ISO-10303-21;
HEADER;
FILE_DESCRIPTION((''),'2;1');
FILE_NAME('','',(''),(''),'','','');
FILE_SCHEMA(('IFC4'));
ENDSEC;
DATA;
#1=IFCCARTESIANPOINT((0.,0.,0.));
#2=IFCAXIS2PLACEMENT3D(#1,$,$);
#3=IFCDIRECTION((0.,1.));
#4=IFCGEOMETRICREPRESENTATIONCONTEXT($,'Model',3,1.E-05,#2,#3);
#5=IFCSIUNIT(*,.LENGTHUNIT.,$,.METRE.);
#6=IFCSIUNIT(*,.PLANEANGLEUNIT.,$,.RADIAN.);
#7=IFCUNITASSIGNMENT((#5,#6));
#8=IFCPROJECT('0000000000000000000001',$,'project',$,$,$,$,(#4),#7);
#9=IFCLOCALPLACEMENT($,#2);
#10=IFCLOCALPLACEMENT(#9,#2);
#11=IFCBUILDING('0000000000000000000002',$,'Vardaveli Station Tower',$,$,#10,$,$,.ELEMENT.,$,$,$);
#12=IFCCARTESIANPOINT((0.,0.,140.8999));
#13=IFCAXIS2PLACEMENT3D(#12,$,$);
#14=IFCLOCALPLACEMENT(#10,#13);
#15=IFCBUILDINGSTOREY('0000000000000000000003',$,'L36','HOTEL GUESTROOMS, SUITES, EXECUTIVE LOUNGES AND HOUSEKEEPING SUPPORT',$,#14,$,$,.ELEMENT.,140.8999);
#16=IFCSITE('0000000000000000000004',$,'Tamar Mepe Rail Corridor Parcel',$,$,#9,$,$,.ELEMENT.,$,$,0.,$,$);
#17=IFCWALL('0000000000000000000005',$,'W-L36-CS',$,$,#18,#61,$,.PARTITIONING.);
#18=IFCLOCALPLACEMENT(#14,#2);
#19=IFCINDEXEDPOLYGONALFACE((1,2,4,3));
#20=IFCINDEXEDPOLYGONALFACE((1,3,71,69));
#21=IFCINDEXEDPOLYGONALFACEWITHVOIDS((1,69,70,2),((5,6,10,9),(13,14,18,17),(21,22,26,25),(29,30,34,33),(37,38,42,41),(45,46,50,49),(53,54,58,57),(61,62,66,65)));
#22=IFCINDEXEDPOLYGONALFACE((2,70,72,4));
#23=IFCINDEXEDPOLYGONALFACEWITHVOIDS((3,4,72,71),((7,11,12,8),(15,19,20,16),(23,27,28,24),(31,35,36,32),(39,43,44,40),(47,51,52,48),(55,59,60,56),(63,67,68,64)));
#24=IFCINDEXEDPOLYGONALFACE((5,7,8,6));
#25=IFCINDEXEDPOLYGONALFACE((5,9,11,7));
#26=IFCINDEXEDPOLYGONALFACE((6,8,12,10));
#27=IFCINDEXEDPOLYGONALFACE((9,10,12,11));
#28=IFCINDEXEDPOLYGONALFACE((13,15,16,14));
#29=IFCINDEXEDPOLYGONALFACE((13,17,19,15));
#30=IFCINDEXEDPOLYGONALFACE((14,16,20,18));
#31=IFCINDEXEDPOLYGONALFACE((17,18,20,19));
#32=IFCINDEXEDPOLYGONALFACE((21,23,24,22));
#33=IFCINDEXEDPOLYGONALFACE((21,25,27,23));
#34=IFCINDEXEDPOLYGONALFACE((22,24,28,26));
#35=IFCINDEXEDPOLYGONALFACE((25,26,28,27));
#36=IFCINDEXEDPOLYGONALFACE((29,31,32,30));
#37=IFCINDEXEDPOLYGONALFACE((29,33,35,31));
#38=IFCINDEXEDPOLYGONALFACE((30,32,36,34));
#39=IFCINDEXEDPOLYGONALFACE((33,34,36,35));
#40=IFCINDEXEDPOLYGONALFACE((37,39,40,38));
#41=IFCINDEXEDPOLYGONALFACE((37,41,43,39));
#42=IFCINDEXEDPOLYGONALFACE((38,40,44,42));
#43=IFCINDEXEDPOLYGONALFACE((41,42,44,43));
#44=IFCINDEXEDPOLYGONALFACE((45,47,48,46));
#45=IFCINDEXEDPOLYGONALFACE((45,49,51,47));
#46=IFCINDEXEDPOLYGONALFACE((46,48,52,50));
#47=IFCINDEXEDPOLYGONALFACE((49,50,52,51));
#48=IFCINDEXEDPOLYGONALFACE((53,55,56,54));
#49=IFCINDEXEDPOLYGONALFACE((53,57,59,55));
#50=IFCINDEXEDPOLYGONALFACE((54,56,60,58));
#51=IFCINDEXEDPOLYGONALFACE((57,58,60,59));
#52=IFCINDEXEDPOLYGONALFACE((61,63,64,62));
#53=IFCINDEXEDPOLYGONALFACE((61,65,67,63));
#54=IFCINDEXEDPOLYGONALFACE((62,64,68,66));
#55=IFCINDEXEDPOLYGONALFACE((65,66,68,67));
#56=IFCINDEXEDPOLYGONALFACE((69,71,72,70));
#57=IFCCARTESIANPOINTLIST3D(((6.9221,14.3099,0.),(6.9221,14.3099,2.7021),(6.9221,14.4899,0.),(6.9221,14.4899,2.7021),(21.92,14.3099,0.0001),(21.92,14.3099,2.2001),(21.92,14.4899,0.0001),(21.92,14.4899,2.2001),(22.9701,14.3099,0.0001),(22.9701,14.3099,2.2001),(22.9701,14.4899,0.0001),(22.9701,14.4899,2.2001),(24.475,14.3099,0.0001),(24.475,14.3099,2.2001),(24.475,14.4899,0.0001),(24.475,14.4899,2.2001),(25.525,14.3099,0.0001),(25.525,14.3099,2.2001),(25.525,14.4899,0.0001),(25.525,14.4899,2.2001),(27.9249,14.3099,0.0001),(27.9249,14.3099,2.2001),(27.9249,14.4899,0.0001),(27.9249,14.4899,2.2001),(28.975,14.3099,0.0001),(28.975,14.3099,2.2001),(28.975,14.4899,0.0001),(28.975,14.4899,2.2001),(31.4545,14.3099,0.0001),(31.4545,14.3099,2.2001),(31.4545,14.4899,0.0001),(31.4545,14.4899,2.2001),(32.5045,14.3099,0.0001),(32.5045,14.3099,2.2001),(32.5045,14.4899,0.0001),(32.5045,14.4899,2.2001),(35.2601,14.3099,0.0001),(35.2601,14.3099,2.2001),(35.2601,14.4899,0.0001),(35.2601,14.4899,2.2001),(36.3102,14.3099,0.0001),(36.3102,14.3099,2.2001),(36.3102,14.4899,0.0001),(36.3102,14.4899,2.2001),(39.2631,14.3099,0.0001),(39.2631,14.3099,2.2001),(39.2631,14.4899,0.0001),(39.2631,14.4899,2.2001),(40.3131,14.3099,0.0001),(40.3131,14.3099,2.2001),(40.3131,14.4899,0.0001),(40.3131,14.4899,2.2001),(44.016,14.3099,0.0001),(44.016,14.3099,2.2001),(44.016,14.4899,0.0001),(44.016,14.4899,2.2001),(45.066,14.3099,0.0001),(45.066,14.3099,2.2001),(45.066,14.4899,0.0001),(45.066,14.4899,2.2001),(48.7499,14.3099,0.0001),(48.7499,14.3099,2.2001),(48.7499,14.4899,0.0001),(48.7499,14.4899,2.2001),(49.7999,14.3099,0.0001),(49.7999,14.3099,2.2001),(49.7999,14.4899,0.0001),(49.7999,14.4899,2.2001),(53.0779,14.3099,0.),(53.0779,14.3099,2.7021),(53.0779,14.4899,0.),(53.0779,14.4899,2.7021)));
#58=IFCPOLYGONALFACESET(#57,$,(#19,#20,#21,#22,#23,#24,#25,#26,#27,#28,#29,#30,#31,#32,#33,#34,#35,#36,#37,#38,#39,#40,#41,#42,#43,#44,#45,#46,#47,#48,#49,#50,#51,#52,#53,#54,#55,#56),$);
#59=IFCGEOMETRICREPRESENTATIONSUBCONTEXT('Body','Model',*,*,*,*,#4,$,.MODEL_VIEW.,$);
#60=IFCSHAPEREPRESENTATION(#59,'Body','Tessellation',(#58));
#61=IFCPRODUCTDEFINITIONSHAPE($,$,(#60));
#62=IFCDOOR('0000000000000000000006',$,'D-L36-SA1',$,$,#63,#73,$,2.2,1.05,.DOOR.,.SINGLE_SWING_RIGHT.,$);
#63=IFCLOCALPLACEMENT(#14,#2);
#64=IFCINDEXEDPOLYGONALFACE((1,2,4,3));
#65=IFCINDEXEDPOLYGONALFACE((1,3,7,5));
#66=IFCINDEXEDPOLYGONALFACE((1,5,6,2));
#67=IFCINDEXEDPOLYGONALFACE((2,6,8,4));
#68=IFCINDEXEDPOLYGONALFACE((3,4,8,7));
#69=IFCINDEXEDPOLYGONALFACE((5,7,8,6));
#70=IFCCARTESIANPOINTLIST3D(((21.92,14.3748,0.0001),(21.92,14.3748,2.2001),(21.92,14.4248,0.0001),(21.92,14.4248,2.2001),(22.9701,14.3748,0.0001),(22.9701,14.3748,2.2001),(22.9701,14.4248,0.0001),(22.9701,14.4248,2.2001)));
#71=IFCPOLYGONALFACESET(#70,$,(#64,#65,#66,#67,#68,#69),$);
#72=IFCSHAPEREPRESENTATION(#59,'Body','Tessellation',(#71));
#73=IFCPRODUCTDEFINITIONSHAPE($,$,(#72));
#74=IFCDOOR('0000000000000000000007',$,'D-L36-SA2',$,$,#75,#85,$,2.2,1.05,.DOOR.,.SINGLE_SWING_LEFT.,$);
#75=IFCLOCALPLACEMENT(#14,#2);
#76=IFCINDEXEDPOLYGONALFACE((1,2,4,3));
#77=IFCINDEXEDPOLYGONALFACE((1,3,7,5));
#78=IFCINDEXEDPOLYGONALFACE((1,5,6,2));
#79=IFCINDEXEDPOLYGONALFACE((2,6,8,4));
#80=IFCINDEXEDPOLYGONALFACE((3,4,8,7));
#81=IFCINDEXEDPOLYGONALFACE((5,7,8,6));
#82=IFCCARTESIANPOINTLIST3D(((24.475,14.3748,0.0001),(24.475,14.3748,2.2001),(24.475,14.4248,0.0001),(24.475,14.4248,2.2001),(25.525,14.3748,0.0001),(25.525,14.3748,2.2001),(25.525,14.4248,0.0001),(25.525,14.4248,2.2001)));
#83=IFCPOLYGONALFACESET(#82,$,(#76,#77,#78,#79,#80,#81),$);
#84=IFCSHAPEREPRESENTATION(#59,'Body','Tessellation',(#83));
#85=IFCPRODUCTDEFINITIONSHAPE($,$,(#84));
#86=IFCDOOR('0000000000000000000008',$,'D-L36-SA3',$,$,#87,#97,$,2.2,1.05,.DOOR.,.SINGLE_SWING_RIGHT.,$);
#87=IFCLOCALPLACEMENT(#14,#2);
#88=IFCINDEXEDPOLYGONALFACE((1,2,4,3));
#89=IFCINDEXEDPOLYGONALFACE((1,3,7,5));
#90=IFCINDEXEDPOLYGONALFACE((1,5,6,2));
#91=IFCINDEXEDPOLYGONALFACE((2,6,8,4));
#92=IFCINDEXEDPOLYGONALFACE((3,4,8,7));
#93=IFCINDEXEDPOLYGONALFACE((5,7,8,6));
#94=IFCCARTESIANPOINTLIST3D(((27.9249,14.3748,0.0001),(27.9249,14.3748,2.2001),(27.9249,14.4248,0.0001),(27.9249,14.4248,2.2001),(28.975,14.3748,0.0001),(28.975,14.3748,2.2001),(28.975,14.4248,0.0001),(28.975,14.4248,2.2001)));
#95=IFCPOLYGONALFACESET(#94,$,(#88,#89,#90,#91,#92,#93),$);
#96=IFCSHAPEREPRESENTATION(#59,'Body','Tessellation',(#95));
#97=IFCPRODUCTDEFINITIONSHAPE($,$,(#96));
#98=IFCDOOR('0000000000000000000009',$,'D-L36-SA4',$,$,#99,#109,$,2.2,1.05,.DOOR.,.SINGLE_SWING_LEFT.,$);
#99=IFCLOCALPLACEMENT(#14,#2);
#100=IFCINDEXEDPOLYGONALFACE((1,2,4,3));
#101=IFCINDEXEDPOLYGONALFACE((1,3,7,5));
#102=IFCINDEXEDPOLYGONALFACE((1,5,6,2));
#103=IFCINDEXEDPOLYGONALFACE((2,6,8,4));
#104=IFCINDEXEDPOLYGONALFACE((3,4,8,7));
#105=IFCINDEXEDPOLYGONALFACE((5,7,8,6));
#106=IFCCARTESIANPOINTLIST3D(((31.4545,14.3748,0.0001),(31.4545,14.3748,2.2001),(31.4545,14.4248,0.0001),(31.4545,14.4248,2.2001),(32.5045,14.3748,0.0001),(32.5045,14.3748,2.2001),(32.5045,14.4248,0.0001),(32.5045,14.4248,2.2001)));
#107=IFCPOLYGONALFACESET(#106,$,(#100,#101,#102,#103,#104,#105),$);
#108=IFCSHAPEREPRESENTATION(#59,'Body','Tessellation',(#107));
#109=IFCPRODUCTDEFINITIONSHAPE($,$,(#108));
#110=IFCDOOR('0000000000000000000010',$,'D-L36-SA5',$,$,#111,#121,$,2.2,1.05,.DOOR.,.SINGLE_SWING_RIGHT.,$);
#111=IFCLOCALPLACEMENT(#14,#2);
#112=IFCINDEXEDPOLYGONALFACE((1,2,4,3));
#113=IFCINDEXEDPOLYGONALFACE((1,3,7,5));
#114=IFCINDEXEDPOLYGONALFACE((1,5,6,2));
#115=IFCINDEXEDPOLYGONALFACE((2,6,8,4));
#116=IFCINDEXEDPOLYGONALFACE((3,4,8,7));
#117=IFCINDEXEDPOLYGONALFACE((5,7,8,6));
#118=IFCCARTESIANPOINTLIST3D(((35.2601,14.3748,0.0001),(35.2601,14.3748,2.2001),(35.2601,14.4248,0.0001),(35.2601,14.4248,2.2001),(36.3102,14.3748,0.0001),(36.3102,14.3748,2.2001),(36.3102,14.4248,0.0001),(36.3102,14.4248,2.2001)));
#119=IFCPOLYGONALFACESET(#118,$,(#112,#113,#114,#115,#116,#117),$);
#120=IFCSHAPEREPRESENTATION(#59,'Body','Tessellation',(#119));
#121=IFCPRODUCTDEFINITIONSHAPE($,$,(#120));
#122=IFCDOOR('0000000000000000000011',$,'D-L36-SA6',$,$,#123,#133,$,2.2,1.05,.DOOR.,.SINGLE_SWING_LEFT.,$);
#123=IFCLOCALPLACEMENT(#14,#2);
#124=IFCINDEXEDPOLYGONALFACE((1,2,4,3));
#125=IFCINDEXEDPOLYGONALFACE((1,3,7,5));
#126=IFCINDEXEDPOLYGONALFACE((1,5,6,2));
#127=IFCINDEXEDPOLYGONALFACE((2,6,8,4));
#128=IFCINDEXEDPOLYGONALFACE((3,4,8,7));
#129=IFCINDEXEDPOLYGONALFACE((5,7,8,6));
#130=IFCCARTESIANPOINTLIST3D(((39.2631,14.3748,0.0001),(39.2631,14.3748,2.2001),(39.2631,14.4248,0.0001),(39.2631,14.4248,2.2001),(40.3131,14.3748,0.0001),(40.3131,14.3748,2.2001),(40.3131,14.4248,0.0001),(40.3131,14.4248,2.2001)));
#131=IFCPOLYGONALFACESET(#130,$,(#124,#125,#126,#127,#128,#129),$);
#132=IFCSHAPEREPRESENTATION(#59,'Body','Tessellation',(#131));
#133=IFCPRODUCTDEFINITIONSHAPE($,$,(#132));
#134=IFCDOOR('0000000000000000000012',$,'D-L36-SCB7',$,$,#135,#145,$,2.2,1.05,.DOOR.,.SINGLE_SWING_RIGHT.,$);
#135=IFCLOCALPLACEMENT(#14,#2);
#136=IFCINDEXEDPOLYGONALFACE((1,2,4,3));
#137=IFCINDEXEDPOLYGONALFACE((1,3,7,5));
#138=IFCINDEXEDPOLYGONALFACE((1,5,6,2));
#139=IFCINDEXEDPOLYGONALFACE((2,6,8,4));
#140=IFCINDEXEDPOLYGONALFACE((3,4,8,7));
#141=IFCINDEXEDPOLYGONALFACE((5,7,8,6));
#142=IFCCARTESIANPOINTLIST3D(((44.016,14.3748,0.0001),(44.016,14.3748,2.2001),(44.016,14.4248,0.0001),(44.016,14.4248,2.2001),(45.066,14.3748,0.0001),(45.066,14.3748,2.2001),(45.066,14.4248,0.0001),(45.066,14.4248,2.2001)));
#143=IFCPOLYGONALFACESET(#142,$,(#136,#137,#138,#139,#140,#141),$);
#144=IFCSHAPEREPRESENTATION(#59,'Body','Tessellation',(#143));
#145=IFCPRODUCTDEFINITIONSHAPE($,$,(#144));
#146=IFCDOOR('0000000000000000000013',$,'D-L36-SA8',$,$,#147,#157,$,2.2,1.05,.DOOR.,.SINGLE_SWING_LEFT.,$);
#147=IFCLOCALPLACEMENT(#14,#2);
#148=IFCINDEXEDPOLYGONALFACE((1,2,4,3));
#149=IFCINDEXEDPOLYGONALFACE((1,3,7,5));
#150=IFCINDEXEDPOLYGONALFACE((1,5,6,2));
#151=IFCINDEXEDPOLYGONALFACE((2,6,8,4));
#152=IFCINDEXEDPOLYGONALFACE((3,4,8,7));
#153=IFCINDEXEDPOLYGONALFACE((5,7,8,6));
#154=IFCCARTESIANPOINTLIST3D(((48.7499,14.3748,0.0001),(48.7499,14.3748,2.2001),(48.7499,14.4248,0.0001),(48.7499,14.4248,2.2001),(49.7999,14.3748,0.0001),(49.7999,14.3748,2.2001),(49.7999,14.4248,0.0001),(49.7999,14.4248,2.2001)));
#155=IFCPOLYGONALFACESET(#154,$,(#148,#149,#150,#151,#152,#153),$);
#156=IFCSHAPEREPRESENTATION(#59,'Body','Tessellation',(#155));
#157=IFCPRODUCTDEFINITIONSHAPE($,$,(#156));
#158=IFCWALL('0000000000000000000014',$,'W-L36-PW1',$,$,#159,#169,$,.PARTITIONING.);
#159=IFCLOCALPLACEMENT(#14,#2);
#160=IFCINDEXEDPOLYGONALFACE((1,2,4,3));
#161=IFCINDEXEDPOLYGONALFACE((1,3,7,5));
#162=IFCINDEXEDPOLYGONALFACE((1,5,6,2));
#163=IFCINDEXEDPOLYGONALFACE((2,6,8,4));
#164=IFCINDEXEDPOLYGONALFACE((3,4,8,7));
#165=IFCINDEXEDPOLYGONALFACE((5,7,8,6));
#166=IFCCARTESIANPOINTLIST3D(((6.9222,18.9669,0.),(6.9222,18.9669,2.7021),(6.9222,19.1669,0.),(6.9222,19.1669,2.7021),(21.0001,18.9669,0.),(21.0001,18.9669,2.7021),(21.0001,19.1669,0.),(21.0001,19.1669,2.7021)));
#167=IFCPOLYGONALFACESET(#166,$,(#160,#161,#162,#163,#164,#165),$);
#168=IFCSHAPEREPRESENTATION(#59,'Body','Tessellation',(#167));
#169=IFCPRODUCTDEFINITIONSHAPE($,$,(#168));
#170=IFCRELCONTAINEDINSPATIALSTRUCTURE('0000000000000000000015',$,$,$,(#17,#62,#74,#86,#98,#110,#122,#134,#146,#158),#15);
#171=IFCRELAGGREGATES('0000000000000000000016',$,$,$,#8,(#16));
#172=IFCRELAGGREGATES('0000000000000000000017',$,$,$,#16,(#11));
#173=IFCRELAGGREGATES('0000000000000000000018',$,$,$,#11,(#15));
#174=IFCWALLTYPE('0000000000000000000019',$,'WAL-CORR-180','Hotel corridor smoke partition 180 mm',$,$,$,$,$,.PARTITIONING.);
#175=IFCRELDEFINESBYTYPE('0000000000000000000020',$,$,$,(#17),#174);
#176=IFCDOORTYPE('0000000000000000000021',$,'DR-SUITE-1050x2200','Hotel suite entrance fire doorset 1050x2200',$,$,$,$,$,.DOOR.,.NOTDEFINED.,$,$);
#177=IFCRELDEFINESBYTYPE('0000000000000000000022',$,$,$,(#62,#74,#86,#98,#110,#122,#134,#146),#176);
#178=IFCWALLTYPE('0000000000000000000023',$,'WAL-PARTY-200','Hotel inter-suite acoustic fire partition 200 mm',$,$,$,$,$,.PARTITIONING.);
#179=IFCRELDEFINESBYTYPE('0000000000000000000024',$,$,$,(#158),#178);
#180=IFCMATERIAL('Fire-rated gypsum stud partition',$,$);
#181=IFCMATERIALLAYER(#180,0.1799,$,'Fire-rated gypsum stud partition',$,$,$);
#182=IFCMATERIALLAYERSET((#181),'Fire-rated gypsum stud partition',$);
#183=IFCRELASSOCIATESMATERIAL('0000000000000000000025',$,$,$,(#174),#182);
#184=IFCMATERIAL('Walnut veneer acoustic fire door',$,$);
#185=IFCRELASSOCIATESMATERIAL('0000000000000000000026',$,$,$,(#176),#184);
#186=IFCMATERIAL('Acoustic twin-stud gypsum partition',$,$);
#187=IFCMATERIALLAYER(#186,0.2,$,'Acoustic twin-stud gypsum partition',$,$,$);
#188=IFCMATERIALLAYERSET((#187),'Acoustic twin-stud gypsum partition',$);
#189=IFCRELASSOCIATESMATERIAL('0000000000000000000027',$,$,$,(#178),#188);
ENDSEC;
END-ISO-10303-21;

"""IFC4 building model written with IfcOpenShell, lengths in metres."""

from ifc_helpers import new_model, si_unit, direction, frame, frame_2d, origin, place, context, subcontext, project, spatial, rectangle, extrude, source, transform, mapped, material, layer, layer_set, type_object, element, fill, save


model = new_model("IFC4")

# Units and contexts
model_context = context("Model", 3, precision=1e-05, world=origin(), true_north=direction((0.0, 1.0)))
body_context = subcontext(model_context, "Body", "Model", "MODEL_VIEW")
ifc_project = project(units=[si_unit("LENGTHUNIT", "METRE"), si_unit("PLANEANGLEUNIT", "RADIAN")], contexts=[model_context])

# Site, building, storey
site_placement = place(None, origin())
site = spatial("IfcSite", under=ifc_project, at=site_placement, Name="Tamar Mepe Rail Corridor Parcel", CompositionType="ELEMENT", RefElevation=0.0)
building_placement = place(site_placement, origin())
building = spatial("IfcBuilding", under=site, at=building_placement, Name="Vardaveli Station Tower", CompositionType="ELEMENT")
storey_placement = place(building_placement, frame((0.0, 0.0, 140.8999)))
storey = spatial("IfcBuildingStorey", under=building, at=storey_placement, Name="L36", Description="HOTEL GUESTROOMS, SUITES, EXECUTIVE LOUNGES AND HOUSEKEEPING SUPPORT", CompositionType="ELEMENT", Elevation=140.8999)

# Wall, openings, doors
ifc_material_1 = material(Name="Fire-rated gypsum stud partition")
ifc_layer_1 = layer(ifc_material_1, 0.1799, Name="Fire-rated gypsum stud partition")
ifc_layer_set_1 = layer_set([ifc_layer_1], Name="Fire-rated gypsum stud partition")
wall_type_1 = type_object("IfcWallType", Name="WAL-CORR-180", Description="Hotel corridor smoke partition 180 mm", PredefinedType="PARTITIONING", material=ifc_layer_set_1)
shared_shape_1 = source(origin(), body_context, "Body", "SweptSolid", [
    extrude(rectangle(XDim=46.1558, YDim=0.1799, at=frame_2d((23.0779, 0.0))), origin(), (0.0, 0.0, 1.0), 2.7021),
])
wall_1_placement = place(storey_placement, frame((6.9221, 14.3999, 0.0), z_axis=(0.0, 0.0, 1.0), x_axis=(1.0, 0.0, 0.0)))
wall_1 = element("IfcWall", 1, at=wall_1_placement, inside=storey, type_object=wall_type_1, Name="W-L36-CS", PredefinedType="PARTITIONING", context=body_context, shape_type="MappedRepresentation", body=[
    mapped(shared_shape_1, transform((0.0, 0.0, 0.0), scale=1.0)),
])
shared_shape_2 = source(origin(), body_context, "Body", "SweptSolid", [
    extrude(rectangle(XDim=1.05, YDim=2.2, at=frame_2d((0.5249, 1.1001))), frame((0.0, 0.1001, 0.0), z_axis=(0.0, -1.0, 0.0), x_axis=(1.0, 0.0, 0.0)), (0.0, 0.0, 1.0), 0.2),
])
opening_1_placement = place(wall_1_placement, frame((14.998, 0.0, 0.0)))
opening_1 = element("IfcOpeningElement", 2, at=opening_1_placement, cuts=wall_1, PredefinedType="OPENING", context=body_context, shape_type="MappedRepresentation", body=[
    mapped(shared_shape_2, transform((0.0, 0.0, 0.0), scale=1.0)),
])
opening_2_placement = place(wall_1_placement, frame((17.553, 0.0, 0.0)))
opening_2 = element("IfcOpeningElement", 3, at=opening_2_placement, cuts=wall_1, PredefinedType="OPENING", context=body_context, shape_type="MappedRepresentation", body=[
    mapped(shared_shape_2, transform((0.0, 0.0, 0.0), scale=1.0)),
])
opening_3_placement = place(wall_1_placement, frame((21.0029, 0.0, 0.0)))
opening_3 = element("IfcOpeningElement", 4, at=opening_3_placement, cuts=wall_1, PredefinedType="OPENING", context=body_context, shape_type="MappedRepresentation", body=[
    mapped(shared_shape_2, transform((0.0, 0.0, 0.0), scale=1.0)),
])
opening_4_placement = place(wall_1_placement, frame((24.5325, 0.0, 0.0)))
opening_4 = element("IfcOpeningElement", 5, at=opening_4_placement, cuts=wall_1, PredefinedType="OPENING", context=body_context, shape_type="MappedRepresentation", body=[
    mapped(shared_shape_2, transform((0.0, 0.0, 0.0), scale=1.0)),
])
opening_5_placement = place(wall_1_placement, frame((28.3381, 0.0, 0.0)))
opening_5 = element("IfcOpeningElement", 6, at=opening_5_placement, cuts=wall_1, PredefinedType="OPENING", context=body_context, shape_type="MappedRepresentation", body=[
    mapped(shared_shape_2, transform((0.0, 0.0, 0.0), scale=1.0)),
])
opening_6_placement = place(wall_1_placement, frame((32.3411, 0.0, 0.0)))
opening_6 = element("IfcOpeningElement", 7, at=opening_6_placement, cuts=wall_1, PredefinedType="OPENING", context=body_context, shape_type="MappedRepresentation", body=[
    mapped(shared_shape_2, transform((0.0, 0.0, 0.0), scale=1.0)),
])
opening_7_placement = place(wall_1_placement, frame((37.094, 0.0, 0.0)))
opening_7 = element("IfcOpeningElement", 8, at=opening_7_placement, cuts=wall_1, PredefinedType="OPENING", context=body_context, shape_type="MappedRepresentation", body=[
    mapped(shared_shape_2, transform((0.0, 0.0, 0.0), scale=1.0)),
])
opening_8_placement = place(wall_1_placement, frame((41.8279, 0.0, 0.0)))
opening_8 = element("IfcOpeningElement", 9, at=opening_8_placement, cuts=wall_1, PredefinedType="OPENING", context=body_context, shape_type="MappedRepresentation", body=[
    mapped(shared_shape_2, transform((0.0, 0.0, 0.0), scale=1.0)),
])
ifc_material_2 = material(Name="Walnut veneer acoustic fire door")
door_type = type_object("IfcDoorType", Name="DR-SUITE-1050x2200", Description="Hotel suite entrance fire doorset 1050x2200", OperationType="NOTDEFINED", PredefinedType="DOOR", material=ifc_material_2)
shared_shape_3 = source(origin(), body_context, "Body", "SweptSolid", [
    extrude(rectangle(XDim=1.05, YDim=2.2, at=frame_2d((0.5249, 1.1001))), frame((0.0, 0.0249, 0.0), z_axis=(0.0, -1.0, 0.0), x_axis=(1.0, 0.0, 0.0)), (0.0, 0.0, 1.0), 0.05),
])
door_1_placement = place(opening_1_placement, origin())
door_1 = element("IfcDoor", 10, at=door_1_placement, inside=storey, type_object=door_type, Name="D-L36-SA1", OperationType="SINGLE_SWING_RIGHT", OverallHeight=2.2, OverallWidth=1.05, PredefinedType="DOOR", context=body_context, shape_type="MappedRepresentation", body=[
    mapped(shared_shape_3, transform((0.0, 0.0, 0.0), scale=1.0)),
])
fill(opening_1, door_1)
door_2_placement = place(opening_2_placement, origin())
door_2 = element("IfcDoor", 11, at=door_2_placement, inside=storey, type_object=door_type, Name="D-L36-SA2", OperationType="SINGLE_SWING_LEFT", OverallHeight=2.2, OverallWidth=1.05, PredefinedType="DOOR", context=body_context, shape_type="MappedRepresentation", body=[
    mapped(shared_shape_3, transform((0.0, 0.0, 0.0), scale=1.0)),
])
fill(opening_2, door_2)
door_3_placement = place(opening_3_placement, origin())
door_3 = element("IfcDoor", 12, at=door_3_placement, inside=storey, type_object=door_type, Name="D-L36-SA3", OperationType="SINGLE_SWING_RIGHT", OverallHeight=2.2, OverallWidth=1.05, PredefinedType="DOOR", context=body_context, shape_type="MappedRepresentation", body=[
    mapped(shared_shape_3, transform((0.0, 0.0, 0.0), scale=1.0)),
])
fill(opening_3, door_3)
door_4_placement = place(opening_4_placement, origin())
door_4 = element("IfcDoor", 13, at=door_4_placement, inside=storey, type_object=door_type, Name="D-L36-SA4", OperationType="SINGLE_SWING_LEFT", OverallHeight=2.2, OverallWidth=1.05, PredefinedType="DOOR", context=body_context, shape_type="MappedRepresentation", body=[
    mapped(shared_shape_3, transform((0.0, 0.0, 0.0), scale=1.0)),
])
fill(opening_4, door_4)
door_5_placement = place(opening_5_placement, origin())
door_5 = element("IfcDoor", 14, at=door_5_placement, inside=storey, type_object=door_type, Name="D-L36-SA5", OperationType="SINGLE_SWING_RIGHT", OverallHeight=2.2, OverallWidth=1.05, PredefinedType="DOOR", context=body_context, shape_type="MappedRepresentation", body=[
    mapped(shared_shape_3, transform((0.0, 0.0, 0.0), scale=1.0)),
])
fill(opening_5, door_5)
door_6_placement = place(opening_6_placement, origin())
door_6 = element("IfcDoor", 15, at=door_6_placement, inside=storey, type_object=door_type, Name="D-L36-SA6", OperationType="SINGLE_SWING_LEFT", OverallHeight=2.2, OverallWidth=1.05, PredefinedType="DOOR", context=body_context, shape_type="MappedRepresentation", body=[
    mapped(shared_shape_3, transform((0.0, 0.0, 0.0), scale=1.0)),
])
fill(opening_6, door_6)
door_7_placement = place(opening_7_placement, origin())
door_7 = element("IfcDoor", 16, at=door_7_placement, inside=storey, type_object=door_type, Name="D-L36-SCB7", OperationType="SINGLE_SWING_RIGHT", OverallHeight=2.2, OverallWidth=1.05, PredefinedType="DOOR", context=body_context, shape_type="MappedRepresentation", body=[
    mapped(shared_shape_3, transform((0.0, 0.0, 0.0), scale=1.0)),
])
fill(opening_7, door_7)
door_8_placement = place(opening_8_placement, origin())
door_8 = element("IfcDoor", 17, at=door_8_placement, inside=storey, type_object=door_type, Name="D-L36-SA8", OperationType="SINGLE_SWING_LEFT", OverallHeight=2.2, OverallWidth=1.05, PredefinedType="DOOR", context=body_context, shape_type="MappedRepresentation", body=[
    mapped(shared_shape_3, transform((0.0, 0.0, 0.0), scale=1.0)),
])
fill(opening_8, door_8)

# Wall
ifc_material_3 = material(Name="Acoustic twin-stud gypsum partition")
ifc_layer_2 = layer(ifc_material_3, 0.2, Name="Acoustic twin-stud gypsum partition")
ifc_layer_set_2 = layer_set([ifc_layer_2], Name="Acoustic twin-stud gypsum partition")
wall_type_2 = type_object("IfcWallType", Name="WAL-PARTY-200", Description="Hotel inter-suite acoustic fire partition 200 mm", PredefinedType="PARTITIONING", material=ifc_layer_set_2)
shared_shape_4 = source(origin(), body_context, "Body", "SweptSolid", [
    extrude(rectangle(XDim=14.0779, YDim=0.2, at=frame_2d((7.0391, 0.0))), origin(), (0.0, 0.0, 1.0), 2.7021),
])
wall_2_placement = place(storey_placement, frame((6.9221, 19.0669, 0.0), z_axis=(0.0, 0.0, 1.0), x_axis=(1.0, 0.0, 0.0)))
element("IfcWall", 18, at=wall_2_placement, inside=storey, type_object=wall_type_2, Name="W-L36-PW1", PredefinedType="PARTITIONING", context=body_context, shape_type="MappedRepresentation", body=[
    mapped(shared_shape_4, transform((0.0, 0.0, 0.0), scale=1.0)),
])

save(model, "model.ifc")
